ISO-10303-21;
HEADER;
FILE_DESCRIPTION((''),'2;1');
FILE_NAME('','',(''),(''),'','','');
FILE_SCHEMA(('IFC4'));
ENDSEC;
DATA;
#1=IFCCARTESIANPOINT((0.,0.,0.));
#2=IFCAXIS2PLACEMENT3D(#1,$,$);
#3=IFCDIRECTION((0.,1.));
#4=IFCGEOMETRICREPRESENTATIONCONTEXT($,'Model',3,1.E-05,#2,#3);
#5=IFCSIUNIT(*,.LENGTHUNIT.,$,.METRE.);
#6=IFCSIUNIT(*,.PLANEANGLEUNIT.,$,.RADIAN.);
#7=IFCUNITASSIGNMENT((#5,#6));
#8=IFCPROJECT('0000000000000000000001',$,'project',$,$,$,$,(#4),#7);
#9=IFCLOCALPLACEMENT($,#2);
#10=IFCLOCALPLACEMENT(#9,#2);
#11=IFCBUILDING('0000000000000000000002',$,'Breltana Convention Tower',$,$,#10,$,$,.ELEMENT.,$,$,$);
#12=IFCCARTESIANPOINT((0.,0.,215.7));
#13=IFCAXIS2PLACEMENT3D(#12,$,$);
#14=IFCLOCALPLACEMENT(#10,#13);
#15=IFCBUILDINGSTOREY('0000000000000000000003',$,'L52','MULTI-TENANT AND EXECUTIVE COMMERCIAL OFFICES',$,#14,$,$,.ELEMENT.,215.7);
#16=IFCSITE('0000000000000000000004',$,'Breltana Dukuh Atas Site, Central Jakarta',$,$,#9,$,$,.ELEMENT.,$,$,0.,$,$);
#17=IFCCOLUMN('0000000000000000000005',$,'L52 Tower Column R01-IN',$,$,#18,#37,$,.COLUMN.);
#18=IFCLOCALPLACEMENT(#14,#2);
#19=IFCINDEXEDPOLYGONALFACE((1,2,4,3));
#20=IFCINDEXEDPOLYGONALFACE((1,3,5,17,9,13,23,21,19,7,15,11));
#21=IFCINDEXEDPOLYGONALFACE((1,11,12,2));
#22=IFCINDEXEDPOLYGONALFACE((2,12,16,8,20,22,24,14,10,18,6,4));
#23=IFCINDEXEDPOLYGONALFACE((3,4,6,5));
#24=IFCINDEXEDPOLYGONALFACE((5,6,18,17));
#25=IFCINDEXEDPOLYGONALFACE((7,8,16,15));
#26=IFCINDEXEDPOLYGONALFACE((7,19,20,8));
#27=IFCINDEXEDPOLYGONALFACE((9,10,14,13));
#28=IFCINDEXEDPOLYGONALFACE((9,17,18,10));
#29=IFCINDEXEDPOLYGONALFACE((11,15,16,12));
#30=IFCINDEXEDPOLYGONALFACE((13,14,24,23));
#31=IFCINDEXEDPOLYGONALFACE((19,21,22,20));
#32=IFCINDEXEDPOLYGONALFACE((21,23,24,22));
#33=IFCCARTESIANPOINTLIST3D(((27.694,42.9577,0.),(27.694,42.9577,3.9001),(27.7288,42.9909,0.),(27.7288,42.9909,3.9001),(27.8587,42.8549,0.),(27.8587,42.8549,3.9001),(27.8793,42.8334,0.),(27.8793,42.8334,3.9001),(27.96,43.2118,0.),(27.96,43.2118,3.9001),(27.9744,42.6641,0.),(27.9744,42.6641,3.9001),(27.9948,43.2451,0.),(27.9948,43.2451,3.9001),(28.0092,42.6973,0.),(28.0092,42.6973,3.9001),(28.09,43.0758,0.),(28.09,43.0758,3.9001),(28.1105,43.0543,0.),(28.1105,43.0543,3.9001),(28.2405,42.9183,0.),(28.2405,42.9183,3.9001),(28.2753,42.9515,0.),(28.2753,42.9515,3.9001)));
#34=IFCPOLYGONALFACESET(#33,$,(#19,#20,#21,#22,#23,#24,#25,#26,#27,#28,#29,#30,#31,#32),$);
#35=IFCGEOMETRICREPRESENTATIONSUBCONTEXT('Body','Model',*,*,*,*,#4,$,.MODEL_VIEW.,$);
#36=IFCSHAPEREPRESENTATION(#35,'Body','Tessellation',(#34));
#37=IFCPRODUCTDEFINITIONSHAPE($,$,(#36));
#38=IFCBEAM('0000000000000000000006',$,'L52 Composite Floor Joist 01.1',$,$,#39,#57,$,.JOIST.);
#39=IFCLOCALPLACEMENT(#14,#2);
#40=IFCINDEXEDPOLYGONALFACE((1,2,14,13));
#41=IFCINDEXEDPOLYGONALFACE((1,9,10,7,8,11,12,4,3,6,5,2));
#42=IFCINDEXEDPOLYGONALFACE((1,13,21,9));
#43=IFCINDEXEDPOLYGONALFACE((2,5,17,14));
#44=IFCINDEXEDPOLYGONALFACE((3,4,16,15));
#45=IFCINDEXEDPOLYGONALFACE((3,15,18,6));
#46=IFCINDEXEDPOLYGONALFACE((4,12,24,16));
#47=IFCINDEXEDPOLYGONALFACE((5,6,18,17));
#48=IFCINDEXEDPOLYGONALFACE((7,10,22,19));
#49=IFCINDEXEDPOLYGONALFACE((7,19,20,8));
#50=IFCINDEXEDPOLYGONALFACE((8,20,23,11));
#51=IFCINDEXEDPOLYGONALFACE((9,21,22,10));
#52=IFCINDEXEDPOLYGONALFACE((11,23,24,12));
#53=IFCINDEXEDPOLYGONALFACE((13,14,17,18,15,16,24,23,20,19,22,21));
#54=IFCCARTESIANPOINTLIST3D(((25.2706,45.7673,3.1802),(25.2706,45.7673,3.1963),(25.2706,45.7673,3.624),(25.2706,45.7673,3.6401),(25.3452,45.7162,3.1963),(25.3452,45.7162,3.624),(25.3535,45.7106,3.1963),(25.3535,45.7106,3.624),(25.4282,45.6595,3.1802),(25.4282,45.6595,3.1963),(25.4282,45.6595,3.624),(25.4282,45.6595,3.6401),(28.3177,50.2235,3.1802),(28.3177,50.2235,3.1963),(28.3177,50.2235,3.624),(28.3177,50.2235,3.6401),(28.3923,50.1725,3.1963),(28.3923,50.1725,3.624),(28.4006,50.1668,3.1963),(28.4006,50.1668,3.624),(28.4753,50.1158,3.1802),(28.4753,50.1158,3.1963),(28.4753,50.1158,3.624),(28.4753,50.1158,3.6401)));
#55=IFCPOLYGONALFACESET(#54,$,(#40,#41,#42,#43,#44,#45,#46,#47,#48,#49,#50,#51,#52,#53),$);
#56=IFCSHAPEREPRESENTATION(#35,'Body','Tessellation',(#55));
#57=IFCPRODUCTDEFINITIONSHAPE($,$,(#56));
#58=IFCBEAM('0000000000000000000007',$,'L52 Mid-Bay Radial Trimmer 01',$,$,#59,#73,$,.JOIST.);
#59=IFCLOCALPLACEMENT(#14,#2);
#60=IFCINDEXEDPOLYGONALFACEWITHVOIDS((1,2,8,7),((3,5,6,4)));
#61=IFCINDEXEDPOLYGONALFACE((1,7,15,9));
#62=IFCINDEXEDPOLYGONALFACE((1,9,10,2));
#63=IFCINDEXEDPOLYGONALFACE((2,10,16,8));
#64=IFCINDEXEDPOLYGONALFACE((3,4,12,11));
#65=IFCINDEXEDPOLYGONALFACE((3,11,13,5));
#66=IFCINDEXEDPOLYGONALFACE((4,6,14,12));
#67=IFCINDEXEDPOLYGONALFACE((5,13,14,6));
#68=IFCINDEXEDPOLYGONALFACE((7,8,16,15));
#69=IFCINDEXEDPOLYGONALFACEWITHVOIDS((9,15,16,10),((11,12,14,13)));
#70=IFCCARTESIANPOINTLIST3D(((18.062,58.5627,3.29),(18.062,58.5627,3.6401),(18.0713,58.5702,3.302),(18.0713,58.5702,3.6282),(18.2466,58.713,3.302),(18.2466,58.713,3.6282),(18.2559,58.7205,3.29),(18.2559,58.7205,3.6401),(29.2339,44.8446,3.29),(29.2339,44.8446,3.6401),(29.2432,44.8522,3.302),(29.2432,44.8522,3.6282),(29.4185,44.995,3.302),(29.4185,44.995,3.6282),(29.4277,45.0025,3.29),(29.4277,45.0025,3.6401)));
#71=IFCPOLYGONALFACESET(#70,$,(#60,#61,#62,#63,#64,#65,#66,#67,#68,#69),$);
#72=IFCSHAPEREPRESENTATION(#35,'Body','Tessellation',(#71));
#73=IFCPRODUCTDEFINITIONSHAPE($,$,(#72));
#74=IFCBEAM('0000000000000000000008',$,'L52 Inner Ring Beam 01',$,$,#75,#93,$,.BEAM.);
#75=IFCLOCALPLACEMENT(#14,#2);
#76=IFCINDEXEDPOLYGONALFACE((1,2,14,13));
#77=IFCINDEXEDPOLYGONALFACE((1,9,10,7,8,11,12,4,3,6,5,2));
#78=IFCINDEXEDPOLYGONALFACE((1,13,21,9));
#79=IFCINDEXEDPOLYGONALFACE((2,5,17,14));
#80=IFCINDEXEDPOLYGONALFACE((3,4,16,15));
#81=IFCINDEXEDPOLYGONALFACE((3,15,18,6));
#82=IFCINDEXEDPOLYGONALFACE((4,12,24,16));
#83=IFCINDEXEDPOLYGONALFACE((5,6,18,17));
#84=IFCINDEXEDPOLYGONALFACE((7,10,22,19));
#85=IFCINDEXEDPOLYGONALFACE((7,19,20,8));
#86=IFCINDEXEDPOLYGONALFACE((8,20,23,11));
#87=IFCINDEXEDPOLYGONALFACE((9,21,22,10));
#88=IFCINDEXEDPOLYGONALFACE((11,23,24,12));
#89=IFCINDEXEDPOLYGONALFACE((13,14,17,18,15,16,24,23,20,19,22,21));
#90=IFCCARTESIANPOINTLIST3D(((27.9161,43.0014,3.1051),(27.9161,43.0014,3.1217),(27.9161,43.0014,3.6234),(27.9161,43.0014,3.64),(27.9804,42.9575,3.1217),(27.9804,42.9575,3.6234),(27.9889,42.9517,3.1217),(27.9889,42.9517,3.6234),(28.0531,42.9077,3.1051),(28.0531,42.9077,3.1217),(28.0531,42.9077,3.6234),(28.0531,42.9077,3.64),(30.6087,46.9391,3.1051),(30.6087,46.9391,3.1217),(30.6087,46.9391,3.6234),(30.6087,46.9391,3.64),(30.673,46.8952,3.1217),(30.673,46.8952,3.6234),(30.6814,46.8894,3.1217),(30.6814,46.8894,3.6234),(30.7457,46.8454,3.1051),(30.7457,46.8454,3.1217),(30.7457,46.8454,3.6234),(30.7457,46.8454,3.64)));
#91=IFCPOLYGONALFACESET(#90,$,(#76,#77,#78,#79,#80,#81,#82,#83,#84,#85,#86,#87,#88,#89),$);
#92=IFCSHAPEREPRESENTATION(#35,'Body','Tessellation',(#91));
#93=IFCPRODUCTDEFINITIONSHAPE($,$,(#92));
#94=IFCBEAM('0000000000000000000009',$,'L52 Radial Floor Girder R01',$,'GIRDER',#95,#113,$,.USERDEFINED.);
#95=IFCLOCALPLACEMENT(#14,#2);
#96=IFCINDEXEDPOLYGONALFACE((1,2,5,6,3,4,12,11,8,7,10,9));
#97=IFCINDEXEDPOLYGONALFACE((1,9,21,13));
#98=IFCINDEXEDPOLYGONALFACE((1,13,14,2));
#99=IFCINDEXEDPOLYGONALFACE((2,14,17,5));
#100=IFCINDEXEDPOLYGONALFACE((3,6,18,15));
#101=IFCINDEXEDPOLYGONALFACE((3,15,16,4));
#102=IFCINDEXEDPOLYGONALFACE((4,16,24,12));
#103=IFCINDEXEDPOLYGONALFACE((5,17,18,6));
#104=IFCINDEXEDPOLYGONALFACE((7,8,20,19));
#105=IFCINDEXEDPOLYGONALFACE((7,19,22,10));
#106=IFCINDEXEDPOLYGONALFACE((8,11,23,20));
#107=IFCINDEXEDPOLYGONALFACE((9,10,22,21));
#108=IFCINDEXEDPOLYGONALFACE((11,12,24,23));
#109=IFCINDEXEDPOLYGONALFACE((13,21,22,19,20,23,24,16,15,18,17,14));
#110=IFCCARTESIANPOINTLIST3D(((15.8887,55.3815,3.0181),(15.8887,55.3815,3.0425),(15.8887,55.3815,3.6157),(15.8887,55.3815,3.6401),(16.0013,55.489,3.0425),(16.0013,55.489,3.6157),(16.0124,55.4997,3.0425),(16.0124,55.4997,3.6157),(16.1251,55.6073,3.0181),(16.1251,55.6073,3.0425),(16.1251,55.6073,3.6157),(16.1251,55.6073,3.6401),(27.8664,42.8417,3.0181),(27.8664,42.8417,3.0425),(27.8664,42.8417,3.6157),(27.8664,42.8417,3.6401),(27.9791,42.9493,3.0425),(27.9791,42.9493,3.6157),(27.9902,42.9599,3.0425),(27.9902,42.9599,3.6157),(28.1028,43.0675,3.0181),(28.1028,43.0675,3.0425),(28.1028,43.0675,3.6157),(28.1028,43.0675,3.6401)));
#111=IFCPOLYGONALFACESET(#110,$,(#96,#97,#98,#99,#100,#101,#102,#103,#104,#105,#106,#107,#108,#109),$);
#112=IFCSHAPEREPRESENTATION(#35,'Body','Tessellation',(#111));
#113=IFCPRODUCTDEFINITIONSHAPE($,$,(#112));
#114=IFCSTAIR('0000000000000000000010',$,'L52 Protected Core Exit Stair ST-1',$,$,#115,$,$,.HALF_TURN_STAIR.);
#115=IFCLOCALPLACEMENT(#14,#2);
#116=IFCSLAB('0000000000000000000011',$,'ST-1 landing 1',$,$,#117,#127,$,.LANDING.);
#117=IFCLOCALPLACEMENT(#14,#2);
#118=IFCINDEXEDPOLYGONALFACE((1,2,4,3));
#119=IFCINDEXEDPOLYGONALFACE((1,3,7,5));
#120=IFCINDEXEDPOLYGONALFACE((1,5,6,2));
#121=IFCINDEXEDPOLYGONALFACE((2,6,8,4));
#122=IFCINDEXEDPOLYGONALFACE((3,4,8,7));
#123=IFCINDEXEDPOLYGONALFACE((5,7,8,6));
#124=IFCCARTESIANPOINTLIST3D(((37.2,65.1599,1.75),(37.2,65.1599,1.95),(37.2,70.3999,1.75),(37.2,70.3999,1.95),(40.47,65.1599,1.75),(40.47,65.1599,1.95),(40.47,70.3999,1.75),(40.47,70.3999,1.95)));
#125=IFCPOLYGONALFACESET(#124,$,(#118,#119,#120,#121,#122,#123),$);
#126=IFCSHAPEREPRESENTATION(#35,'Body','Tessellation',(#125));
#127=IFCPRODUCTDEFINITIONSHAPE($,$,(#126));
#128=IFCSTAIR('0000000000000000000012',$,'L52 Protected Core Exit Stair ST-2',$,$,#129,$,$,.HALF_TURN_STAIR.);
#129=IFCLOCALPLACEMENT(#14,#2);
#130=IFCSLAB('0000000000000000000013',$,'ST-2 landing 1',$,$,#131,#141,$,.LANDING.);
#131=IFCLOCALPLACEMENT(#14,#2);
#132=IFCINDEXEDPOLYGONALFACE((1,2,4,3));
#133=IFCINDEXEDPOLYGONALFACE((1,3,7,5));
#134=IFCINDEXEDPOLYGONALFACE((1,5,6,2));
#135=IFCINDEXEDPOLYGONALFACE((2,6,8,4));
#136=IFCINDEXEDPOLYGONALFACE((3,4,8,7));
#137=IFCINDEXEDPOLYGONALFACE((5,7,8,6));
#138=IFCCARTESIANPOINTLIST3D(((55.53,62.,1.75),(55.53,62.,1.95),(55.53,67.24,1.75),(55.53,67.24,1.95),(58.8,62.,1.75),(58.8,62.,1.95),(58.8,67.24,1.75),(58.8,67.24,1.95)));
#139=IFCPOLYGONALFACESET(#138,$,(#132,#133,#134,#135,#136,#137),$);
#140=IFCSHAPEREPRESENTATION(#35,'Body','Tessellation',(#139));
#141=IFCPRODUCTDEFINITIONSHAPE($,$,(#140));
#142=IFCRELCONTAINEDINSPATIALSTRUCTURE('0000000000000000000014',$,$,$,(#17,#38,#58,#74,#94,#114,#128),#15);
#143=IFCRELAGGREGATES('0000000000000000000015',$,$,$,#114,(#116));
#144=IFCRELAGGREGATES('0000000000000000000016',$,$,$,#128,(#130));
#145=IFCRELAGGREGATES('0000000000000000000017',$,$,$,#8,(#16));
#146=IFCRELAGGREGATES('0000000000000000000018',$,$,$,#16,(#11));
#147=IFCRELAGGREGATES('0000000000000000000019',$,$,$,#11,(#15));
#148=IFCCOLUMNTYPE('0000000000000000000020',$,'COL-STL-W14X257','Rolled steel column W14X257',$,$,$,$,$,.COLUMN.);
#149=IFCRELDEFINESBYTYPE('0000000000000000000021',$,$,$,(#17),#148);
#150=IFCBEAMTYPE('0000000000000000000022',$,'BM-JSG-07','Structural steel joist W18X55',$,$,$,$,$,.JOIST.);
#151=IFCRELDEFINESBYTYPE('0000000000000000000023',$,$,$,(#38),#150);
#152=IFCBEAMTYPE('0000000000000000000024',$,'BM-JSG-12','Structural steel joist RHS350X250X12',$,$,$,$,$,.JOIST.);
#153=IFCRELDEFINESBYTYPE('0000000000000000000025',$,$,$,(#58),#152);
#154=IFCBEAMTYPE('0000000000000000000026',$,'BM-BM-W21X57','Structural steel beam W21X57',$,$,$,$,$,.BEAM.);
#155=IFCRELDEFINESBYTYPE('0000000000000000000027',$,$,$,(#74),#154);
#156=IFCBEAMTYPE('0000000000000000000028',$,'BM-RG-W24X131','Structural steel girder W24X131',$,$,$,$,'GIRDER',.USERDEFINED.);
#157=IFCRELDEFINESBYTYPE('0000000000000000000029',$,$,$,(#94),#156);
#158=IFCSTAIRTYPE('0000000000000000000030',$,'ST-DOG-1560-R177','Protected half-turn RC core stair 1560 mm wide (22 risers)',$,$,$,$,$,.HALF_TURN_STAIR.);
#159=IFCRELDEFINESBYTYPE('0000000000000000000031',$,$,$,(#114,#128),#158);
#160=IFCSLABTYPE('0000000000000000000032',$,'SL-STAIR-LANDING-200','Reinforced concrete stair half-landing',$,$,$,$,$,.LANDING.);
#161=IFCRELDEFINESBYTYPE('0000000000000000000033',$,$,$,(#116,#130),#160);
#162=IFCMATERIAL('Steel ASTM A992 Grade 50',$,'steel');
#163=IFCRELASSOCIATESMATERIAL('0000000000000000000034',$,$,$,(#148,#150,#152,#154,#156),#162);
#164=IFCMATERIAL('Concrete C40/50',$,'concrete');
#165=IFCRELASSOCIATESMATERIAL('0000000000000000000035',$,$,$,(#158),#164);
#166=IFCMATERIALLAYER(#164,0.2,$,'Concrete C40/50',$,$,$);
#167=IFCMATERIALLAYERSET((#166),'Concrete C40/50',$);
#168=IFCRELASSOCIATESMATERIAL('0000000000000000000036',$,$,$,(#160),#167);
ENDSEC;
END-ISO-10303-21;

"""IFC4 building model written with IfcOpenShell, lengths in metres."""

from ifc_helpers import new_model, si_unit, direction, frame, origin, origin_2d, place, context, subcontext, project, spatial, polyline, hollow_rectangle, i_section, outline, extrude, source, transform, mapped, material, layer, layer_set, material_profile, profile_set, type_object, type_shapes, element, aggregate, save


model = new_model("IFC4")

# Units and contexts
model_context = context("Model", 3, precision=1e-05, world=origin(), true_north=direction((0.0, 1.0)))
body_context = subcontext(model_context, "Body", "Model", "MODEL_VIEW")
ifc_project = project(units=[si_unit("LENGTHUNIT", "METRE"), si_unit("PLANEANGLEUNIT", "RADIAN")], contexts=[model_context])

# Site, building, storey
site_placement = place(None, origin())
site = spatial("IfcSite", under=ifc_project, at=site_placement, Name="Breltana Dukuh Atas Site, Central Jakarta", CompositionType="ELEMENT", RefElevation=0.0)
building_placement = place(site_placement, origin())
building = spatial("IfcBuilding", under=site, at=building_placement, Name="Breltana Convention Tower", CompositionType="ELEMENT")
storey_placement = place(building_placement, frame((0.0, 0.0, 215.7)))
storey = spatial("IfcBuildingStorey", under=building, at=storey_placement, Name="L52", Description="MULTI-TENANT AND EXECUTIVE COMMERCIAL OFFICES", CompositionType="ELEMENT", Elevation=215.7)

# Column
ifc_material_1 = material(Name="Steel ASTM A992 Grade 50", Category="steel")
ifc_material_profile_1 = material_profile(ifc_material_1, i_section(OverallWidth=0.406, OverallDepth=0.416, WebThickness=0.0298, FlangeThickness=0.0481, at=origin_2d()), Name="W14X257")
ifc_profile_set_1 = profile_set([ifc_material_profile_1], Name="Steel ASTM A992 Grade 50")
column_type = type_object("IfcColumnType", Name="COL-STL-W14X257", Description="Rolled steel column W14X257", PredefinedType="COLUMN", material=ifc_profile_set_1)
shared_shape_1 = source(origin(), body_context, "Body", "SweptSolid", [
    extrude(i_section(OverallWidth=0.406, OverallDepth=0.416, WebThickness=0.0298, FlangeThickness=0.0481, at=origin_2d()), origin(), (0.0, 0.0, 1.0), 3.9001),
])
column_placement = place(storey_placement, frame((27.9846, 42.9546, 0.0), z_axis=(0.0, 0.0, 1.0), x_axis=(-0.690756, 0.723088, 0.0)))
element("IfcColumn", 1, at=column_placement, inside=storey, type_object=column_type, Name="L52 Tower Column R01-IN", PredefinedType="COLUMN", context=body_context, shape_type="MappedRepresentation", body=[
    mapped(shared_shape_1, transform((0.0, 0.0, 0.0), scale=1.0)),
])

# Beams
ifc_material_profile_2 = material_profile(ifc_material_1, i_section(OverallWidth=0.1909, OverallDepth=0.46, WebThickness=0.01, FlangeThickness=0.0161, at=origin_2d()), Name="W18X55")
ifc_profile_set_2 = profile_set([ifc_material_profile_2], Name="Steel ASTM A992 Grade 50")
beam_type_1 = type_object("IfcBeamType", Name="BM-JSG-07", Description="Structural steel joist W18X55", PredefinedType="JOIST", material=ifc_profile_set_2)
shared_shape_2 = source(origin(), body_context, "Body", "SweptSolid", [
    extrude(i_section(OverallWidth=0.1909, OverallDepth=0.46, WebThickness=0.01, FlangeThickness=0.0161, at=origin_2d()), origin(), (0.0, 0.0, 1.0), 5.3984),
])
type_shapes(beam_type_1, [shared_shape_2])
beam_1_placement = place(storey_placement, frame((25.3494, 45.7134, 3.4102), z_axis=(0.564441, 0.825474, 0.0), x_axis=(-0.825474, 0.564441, 0.0)))
element("IfcBeam", 2, at=beam_1_placement, inside=storey, type_object=beam_type_1, Name="L52 Composite Floor Joist 01.1", PredefinedType="JOIST", context=body_context, shape_type="MappedRepresentation", body=[
    mapped(shared_shape_2, transform((0.0, 0.0, 0.0), scale=1.0)),
])
ifc_material_profile_3 = material_profile(ifc_material_1, hollow_rectangle(XDim=0.25, YDim=0.3501, WallThickness=0.012, at=origin_2d()), Name="RHS350X250X12")
ifc_profile_set_3 = profile_set([ifc_material_profile_3], Name="Steel ASTM A992 Grade 50")
beam_type_2 = type_object("IfcBeamType", Name="BM-JSG-12", Description="Structural steel joist RHS350X250X12", PredefinedType="JOIST", material=ifc_profile_set_3)
shared_shape_3 = source(origin(), body_context, "Body", "SweptSolid", [
    extrude(hollow_rectangle(XDim=0.25, YDim=0.3501, WallThickness=0.012, at=origin_2d()), origin(), (0.0, 0.0, 1.0), 17.6917),
])
type_shapes(beam_type_2, [shared_shape_3])
beam_2_placement = place(storey_placement, frame((29.3308, 44.9236, 3.4651), z_axis=(-0.631477, 0.775395, 0.0), x_axis=(-0.775395, -0.631477, 0.0)))
element("IfcBeam", 3, at=beam_2_placement, inside=storey, type_object=beam_type_2, Name="L52 Mid-Bay Radial Trimmer 01", PredefinedType="JOIST", context=body_context, shape_type="MappedRepresentation", body=[
    mapped(shared_shape_3, transform((0.0, 0.0, 0.0), scale=1.0)),
])
ifc_material_profile_4 = material_profile(ifc_material_1, i_section(OverallWidth=0.166, OverallDepth=0.5349, WebThickness=0.0103, FlangeThickness=0.0166, at=origin_2d()), Name="W21X57")
ifc_profile_set_4 = profile_set([ifc_material_profile_4], Name="Steel ASTM A992 Grade 50")
beam_type_3 = type_object("IfcBeamType", Name="BM-BM-W21X57", Description="Structural steel beam W21X57", PredefinedType="BEAM", material=ifc_profile_set_4)
shared_shape_4 = source(origin(), body_context, "Body", "SweptSolid", [
    extrude(i_section(OverallWidth=0.166, OverallDepth=0.5349, WebThickness=0.0103, FlangeThickness=0.0166, at=origin_2d()), origin(), (0.0, 0.0, 1.0), 4.7703),
])
beam_3_placement = place(storey_placement, frame((27.9846, 42.9546, 3.3726), z_axis=(0.564453, 0.825465, 0.0), x_axis=(-0.825465, 0.564453, 0.0)))
element("IfcBeam", 4, at=beam_3_placement, inside=storey, type_object=beam_type_3, Name="L52 Inner Ring Beam 01", PredefinedType="BEAM", context=body_context, shape_type="MappedRepresentation", body=[
    mapped(shared_shape_4, transform((0.0, 0.0, 0.0), scale=1.0)),
])
ifc_material_profile_5 = material_profile(ifc_material_1, i_section(OverallWidth=0.3269, OverallDepth=0.6221, WebThickness=0.0154, FlangeThickness=0.0244, at=origin_2d()), Name="W24X131")
ifc_profile_set_5 = profile_set([ifc_material_profile_5], Name="Steel ASTM A992 Grade 50")
beam_type_4 = type_object("IfcBeamType", Name="BM-RG-W24X131", Description="Structural steel girder W24X131", ElementType="GIRDER", PredefinedType="USERDEFINED", material=ifc_profile_set_5)
shared_shape_5 = source(origin(), body_context, "Body", "SweptSolid", [
    extrude(i_section(OverallWidth=0.3269, OverallDepth=0.6221, WebThickness=0.0154, FlangeThickness=0.0244, at=origin_2d()), origin(), (0.0, 0.0, 1.0), 17.3411),
])
type_shapes(beam_type_4, [shared_shape_5])
beam_4_placement = place(storey_placement, frame((27.9846, 42.9546, 3.3291), z_axis=(-0.690716, 0.723126, 0.0), x_axis=(-0.723126, -0.690716, 0.0)))
element("IfcBeam", 5, at=beam_4_placement, inside=storey, type_object=beam_type_4, Name="L52 Radial Floor Girder R01", ObjectType="GIRDER", PredefinedType="USERDEFINED", context=body_context, shape_type="MappedRepresentation", body=[
    mapped(shared_shape_5, transform((0.0, 0.0, 0.0), scale=1.0)),
])

# Stairs, slabs
ifc_material_2 = material(Name="Concrete C40/50", Category="concrete")
stair_type = type_object("IfcStairType", Name="ST-DOG-1560-R177", Description="Protected half-turn RC core stair 1560 mm wide (22 risers)", PredefinedType="HALF_TURN_STAIR", material=ifc_material_2)
stair_1_placement = place(storey_placement, origin())
stair_1 = element("IfcStair", 6, at=stair_1_placement, inside=storey, type_object=stair_type, Name="L52 Protected Core Exit Stair ST-1", PredefinedType="HALF_TURN_STAIR")
ifc_layer_1 = layer(ifc_material_2, 0.2, Name="Concrete C40/50")
ifc_layer_set_1 = layer_set([ifc_layer_1], Name="Concrete C40/50")
slab_type_1 = type_object("IfcSlabType", Name="SL-STAIR-LANDING-200", Description="Reinforced concrete stair half-landing", PredefinedType="LANDING", material=ifc_layer_set_1)
slab_1_placement = place(storey_placement, frame((0.0, 0.0, 1.75)))
slab_1 = element("IfcSlab", 7, at=slab_1_placement, type_object=slab_type_1, Name="ST-1 landing 1", PredefinedType="LANDING", context=body_context, shape_type="SweptSolid", body=[
    extrude(outline(polyline([(40.47, 65.1599), (40.47, 70.3999), (37.2, 70.3999), (37.2, 65.1599), (40.47, 65.1599)])), origin(), (0.0, 0.0, 1.0), 0.2),
])
aggregate(stair_1, [slab_1])
stair_2_placement = place(storey_placement, origin())
stair_2 = element("IfcStair", 8, at=stair_2_placement, inside=storey, type_object=stair_type, Name="L52 Protected Core Exit Stair ST-2", PredefinedType="HALF_TURN_STAIR")
slab_2_placement = place(storey_placement, frame((0.0, 0.0, 1.75)))
slab_2 = element("IfcSlab", 9, at=slab_2_placement, type_object=slab_type_1, Name="ST-2 landing 1", PredefinedType="LANDING", context=body_context, shape_type="SweptSolid", body=[
    extrude(outline(polyline([(55.53, 67.24), (55.53, 62.0), (58.8, 62.0), (58.8, 67.24), (55.53, 67.24)])), origin(), (0.0, 0.0, 1.0), 0.2),
])
aggregate(stair_2, [slab_2])

save(model, "model.ifc")
